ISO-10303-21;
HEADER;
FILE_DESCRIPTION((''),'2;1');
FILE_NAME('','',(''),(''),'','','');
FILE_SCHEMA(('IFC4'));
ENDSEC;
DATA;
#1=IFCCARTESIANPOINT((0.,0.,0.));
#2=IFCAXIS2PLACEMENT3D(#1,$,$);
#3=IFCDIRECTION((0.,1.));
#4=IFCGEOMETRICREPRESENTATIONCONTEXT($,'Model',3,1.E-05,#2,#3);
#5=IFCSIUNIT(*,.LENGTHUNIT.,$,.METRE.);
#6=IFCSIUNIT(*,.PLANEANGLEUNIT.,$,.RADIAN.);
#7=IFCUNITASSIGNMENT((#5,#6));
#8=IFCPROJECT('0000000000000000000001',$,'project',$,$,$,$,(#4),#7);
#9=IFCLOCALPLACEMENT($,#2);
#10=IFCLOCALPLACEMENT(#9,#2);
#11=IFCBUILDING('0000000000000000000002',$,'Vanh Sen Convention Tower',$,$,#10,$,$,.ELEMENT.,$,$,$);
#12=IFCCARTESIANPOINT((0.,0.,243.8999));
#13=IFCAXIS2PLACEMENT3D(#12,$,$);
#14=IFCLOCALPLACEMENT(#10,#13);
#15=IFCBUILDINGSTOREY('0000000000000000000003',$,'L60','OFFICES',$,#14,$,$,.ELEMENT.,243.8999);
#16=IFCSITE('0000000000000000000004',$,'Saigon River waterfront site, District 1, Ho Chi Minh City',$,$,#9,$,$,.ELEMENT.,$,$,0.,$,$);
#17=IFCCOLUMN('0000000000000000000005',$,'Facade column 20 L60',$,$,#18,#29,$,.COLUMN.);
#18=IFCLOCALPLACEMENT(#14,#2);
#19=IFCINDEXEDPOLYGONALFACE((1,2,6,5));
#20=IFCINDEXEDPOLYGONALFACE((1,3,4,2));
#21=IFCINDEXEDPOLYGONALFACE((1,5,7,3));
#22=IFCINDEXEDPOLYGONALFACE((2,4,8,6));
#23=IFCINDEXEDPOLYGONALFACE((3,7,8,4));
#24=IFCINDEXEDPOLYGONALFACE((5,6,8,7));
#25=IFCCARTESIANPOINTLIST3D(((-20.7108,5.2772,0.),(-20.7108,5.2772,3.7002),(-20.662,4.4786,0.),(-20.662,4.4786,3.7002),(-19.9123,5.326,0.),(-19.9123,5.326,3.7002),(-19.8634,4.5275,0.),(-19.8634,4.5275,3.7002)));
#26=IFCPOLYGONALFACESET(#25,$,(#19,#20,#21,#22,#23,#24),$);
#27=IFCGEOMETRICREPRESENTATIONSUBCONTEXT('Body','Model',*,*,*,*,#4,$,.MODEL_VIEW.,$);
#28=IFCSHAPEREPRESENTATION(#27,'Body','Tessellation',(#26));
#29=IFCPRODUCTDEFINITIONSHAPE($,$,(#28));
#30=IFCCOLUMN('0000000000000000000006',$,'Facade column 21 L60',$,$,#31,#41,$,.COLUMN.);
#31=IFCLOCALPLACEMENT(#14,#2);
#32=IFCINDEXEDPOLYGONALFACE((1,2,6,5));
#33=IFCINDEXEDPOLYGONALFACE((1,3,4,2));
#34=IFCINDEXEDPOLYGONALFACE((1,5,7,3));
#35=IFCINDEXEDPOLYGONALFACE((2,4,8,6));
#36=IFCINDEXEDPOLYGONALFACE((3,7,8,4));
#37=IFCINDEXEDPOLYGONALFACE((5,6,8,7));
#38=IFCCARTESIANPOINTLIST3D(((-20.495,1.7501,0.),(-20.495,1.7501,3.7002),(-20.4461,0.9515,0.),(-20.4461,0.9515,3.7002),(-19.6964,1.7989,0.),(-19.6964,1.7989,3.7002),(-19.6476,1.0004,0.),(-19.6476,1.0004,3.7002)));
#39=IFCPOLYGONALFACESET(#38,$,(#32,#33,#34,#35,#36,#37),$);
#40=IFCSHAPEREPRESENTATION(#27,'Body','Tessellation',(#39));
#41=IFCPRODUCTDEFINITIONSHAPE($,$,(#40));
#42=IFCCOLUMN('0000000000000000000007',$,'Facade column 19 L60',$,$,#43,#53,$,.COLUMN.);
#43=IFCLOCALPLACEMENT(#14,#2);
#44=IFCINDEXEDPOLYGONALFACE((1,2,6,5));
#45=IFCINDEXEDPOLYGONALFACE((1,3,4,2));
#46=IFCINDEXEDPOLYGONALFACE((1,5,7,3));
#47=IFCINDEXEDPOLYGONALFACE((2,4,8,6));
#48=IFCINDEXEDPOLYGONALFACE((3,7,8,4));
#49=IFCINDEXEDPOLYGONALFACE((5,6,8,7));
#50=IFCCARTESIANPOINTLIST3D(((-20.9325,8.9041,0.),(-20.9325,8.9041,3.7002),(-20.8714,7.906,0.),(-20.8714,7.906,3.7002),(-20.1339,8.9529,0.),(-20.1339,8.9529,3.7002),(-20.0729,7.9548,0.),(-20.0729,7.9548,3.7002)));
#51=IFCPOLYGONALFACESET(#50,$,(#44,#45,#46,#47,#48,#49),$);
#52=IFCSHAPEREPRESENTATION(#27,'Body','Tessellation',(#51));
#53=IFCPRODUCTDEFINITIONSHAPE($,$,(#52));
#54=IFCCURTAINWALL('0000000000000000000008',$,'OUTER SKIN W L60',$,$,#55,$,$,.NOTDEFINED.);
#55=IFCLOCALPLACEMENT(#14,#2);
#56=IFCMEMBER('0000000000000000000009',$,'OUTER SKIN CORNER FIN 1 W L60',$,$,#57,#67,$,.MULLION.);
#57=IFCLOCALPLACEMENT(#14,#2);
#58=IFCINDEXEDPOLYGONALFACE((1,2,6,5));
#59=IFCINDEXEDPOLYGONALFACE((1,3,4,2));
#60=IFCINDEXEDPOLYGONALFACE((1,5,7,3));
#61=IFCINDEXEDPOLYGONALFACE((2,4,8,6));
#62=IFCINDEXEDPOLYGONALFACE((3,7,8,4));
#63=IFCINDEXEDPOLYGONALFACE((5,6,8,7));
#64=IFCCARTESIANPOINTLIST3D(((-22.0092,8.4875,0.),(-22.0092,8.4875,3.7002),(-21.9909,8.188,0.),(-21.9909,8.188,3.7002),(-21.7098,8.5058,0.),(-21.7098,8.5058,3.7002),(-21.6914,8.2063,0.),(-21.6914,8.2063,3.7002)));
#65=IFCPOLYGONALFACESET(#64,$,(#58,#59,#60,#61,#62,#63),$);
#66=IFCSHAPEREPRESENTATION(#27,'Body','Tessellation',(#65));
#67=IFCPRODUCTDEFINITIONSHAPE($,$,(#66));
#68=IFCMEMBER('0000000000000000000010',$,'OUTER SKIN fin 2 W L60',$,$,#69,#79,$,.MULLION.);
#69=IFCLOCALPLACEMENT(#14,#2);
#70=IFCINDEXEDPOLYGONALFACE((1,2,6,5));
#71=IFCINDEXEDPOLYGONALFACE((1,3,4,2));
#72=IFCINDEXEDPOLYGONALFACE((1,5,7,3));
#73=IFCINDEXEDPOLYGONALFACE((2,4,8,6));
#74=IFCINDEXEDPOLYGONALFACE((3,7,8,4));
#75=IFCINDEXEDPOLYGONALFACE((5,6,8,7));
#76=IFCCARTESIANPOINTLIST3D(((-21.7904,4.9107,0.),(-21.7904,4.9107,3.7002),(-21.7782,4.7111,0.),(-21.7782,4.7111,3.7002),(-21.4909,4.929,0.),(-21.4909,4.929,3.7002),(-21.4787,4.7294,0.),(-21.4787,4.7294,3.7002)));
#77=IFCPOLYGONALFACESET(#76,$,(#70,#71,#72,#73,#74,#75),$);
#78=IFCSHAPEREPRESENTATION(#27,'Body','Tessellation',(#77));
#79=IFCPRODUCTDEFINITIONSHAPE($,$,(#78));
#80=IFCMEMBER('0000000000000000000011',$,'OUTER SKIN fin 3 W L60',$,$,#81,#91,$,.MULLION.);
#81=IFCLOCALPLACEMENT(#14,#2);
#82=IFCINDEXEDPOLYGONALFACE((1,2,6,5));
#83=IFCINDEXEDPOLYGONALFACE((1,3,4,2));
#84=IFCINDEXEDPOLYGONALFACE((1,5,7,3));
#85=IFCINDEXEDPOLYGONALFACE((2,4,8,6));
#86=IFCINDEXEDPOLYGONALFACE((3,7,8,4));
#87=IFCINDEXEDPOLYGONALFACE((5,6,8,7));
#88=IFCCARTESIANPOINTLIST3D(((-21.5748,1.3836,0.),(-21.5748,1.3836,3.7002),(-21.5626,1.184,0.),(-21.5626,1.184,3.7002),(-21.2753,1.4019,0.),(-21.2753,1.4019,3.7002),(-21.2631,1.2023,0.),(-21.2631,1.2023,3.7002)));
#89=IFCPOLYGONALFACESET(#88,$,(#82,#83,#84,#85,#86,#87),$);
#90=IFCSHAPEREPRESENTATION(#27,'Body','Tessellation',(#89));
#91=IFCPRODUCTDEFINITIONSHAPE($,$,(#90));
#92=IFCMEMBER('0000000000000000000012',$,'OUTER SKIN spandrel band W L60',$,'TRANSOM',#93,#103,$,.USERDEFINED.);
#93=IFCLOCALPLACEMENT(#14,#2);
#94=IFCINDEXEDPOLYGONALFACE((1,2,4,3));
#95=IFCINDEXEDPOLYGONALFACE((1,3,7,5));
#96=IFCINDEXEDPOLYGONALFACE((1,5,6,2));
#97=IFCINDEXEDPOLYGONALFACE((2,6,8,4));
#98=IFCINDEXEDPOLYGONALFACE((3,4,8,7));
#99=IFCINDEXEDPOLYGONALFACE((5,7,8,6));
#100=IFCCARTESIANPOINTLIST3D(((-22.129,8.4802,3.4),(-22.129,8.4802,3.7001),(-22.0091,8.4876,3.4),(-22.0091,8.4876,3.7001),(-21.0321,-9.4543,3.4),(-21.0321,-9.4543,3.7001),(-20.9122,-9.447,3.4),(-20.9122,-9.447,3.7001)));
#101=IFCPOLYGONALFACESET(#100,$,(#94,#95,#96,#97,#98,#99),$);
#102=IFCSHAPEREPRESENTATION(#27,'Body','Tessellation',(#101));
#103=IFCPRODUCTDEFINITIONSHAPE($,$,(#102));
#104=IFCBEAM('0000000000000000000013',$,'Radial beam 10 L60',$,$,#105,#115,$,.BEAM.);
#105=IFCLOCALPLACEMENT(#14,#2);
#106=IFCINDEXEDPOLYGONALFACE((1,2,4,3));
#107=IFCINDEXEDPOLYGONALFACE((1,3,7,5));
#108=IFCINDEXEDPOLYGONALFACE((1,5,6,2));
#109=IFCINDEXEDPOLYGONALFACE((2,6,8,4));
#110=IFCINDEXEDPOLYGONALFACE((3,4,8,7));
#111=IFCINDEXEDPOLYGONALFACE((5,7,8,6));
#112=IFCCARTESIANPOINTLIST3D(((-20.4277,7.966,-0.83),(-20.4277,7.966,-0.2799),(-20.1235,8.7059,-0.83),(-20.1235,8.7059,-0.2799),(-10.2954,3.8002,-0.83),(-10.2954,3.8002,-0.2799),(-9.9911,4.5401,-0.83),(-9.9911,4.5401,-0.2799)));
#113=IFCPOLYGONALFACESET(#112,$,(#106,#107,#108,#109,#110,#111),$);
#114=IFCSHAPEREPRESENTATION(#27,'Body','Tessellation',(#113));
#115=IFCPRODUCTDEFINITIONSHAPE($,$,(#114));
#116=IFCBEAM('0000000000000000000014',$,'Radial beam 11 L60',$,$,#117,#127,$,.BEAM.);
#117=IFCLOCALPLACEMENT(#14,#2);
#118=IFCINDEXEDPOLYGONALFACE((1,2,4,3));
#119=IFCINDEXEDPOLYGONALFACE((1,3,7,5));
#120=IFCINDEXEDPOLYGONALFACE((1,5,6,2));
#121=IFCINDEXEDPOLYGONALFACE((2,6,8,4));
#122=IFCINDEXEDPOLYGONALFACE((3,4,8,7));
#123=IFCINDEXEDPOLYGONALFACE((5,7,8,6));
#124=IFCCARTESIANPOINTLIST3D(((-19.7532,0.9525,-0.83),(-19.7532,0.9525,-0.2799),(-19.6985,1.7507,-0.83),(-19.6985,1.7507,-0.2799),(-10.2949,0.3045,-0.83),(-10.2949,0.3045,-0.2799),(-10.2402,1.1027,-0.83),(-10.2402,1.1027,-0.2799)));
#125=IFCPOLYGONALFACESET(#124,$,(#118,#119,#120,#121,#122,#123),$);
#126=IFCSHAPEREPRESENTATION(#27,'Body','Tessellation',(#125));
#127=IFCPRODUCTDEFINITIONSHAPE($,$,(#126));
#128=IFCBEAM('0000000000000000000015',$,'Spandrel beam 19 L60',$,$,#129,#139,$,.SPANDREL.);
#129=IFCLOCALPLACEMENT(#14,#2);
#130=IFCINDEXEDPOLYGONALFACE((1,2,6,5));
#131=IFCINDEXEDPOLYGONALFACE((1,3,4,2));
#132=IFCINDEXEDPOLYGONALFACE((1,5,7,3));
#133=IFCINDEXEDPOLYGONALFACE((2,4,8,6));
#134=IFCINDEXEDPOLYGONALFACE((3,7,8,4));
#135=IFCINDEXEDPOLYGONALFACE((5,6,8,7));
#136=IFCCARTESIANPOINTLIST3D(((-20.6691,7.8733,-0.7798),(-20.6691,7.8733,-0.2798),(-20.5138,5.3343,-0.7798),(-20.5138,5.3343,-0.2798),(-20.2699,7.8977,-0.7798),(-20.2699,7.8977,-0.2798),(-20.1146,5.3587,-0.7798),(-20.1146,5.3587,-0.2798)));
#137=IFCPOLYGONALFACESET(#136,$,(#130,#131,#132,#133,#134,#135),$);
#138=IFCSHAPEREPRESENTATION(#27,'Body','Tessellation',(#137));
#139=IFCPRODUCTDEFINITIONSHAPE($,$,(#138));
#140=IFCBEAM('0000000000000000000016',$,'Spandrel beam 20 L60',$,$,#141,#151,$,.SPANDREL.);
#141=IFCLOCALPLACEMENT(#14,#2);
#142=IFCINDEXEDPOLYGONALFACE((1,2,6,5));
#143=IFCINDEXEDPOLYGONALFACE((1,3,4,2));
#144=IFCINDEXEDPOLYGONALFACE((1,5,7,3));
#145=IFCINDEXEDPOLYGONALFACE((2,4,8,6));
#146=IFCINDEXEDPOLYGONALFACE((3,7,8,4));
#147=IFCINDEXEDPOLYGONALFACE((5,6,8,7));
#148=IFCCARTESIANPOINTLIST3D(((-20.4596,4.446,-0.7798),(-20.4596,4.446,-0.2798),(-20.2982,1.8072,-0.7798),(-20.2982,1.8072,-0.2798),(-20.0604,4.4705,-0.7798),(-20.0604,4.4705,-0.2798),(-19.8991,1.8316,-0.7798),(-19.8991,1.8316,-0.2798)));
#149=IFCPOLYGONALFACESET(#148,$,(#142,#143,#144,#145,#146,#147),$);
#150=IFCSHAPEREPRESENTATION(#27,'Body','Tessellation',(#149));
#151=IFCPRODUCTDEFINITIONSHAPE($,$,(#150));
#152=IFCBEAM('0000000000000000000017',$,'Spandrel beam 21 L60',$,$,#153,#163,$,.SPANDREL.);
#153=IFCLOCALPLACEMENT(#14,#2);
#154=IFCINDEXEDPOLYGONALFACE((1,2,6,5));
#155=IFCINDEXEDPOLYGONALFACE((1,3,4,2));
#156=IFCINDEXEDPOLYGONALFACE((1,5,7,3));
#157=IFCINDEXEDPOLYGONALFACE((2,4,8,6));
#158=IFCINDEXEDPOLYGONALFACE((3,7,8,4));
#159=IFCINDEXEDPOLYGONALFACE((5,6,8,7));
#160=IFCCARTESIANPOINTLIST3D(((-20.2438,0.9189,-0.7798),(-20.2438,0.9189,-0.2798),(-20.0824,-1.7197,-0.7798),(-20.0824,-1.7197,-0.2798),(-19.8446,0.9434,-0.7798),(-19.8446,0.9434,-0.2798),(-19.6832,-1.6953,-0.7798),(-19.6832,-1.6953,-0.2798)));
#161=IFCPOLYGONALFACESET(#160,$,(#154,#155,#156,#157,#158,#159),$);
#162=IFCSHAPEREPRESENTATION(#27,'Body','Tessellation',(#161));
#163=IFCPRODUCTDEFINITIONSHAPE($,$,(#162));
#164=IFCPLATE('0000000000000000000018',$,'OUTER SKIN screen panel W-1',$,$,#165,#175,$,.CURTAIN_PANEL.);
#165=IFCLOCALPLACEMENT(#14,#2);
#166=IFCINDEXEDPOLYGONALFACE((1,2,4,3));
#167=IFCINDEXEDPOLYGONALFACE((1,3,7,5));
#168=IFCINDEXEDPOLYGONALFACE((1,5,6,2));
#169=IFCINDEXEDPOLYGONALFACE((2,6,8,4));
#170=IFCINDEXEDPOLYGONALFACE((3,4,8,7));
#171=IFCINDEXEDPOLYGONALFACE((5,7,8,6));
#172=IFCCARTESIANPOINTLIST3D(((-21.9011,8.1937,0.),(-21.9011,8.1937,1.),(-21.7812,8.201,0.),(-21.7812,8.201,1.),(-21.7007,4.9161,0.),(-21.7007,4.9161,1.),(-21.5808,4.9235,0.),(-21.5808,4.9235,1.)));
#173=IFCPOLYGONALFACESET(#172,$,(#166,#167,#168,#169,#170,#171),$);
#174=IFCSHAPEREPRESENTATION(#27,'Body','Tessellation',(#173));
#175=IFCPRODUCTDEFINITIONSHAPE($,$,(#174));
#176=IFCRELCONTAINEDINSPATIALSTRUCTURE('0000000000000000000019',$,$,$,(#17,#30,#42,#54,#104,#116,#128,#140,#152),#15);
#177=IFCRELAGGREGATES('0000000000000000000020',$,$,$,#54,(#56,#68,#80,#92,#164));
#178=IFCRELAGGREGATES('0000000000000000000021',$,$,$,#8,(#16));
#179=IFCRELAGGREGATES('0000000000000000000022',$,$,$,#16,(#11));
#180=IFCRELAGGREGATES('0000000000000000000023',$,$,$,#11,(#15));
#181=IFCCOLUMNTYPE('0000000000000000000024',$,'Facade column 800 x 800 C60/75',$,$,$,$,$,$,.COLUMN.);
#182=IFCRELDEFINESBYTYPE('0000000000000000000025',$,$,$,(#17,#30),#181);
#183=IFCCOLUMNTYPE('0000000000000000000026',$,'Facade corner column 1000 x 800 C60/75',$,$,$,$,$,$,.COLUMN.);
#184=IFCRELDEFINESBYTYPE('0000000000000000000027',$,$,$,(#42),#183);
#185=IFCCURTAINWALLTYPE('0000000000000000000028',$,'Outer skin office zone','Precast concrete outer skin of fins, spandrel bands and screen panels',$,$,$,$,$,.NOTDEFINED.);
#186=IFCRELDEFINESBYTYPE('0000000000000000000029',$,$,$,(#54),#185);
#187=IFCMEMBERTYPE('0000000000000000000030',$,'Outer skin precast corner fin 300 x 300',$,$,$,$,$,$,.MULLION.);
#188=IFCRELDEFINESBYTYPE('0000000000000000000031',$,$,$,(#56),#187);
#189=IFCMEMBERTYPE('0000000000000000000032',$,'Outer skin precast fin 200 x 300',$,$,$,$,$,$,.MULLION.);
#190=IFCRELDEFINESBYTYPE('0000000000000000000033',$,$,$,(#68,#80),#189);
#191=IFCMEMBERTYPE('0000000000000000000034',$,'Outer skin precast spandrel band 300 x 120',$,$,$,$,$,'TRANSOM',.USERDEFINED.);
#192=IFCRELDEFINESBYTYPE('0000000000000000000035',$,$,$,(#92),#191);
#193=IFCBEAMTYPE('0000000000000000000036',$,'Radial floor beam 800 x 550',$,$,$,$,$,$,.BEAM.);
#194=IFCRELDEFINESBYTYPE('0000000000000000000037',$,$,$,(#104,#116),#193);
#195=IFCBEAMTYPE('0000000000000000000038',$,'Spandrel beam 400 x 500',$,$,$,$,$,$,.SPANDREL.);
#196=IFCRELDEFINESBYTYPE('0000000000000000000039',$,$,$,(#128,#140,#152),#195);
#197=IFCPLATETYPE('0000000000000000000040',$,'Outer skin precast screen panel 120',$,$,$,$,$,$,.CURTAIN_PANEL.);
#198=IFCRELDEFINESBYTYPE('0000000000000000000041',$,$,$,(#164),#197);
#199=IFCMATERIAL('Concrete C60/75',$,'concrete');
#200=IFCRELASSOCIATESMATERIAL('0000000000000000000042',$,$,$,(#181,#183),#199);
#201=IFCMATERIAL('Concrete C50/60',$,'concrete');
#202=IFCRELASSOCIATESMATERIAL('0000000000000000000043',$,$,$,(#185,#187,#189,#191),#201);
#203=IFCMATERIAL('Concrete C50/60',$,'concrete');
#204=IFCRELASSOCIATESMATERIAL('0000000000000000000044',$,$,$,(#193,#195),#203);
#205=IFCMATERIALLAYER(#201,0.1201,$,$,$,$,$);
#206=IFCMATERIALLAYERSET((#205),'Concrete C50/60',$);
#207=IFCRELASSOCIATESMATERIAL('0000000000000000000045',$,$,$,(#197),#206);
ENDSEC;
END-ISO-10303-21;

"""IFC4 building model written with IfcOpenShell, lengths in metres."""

from ifc_helpers import new_model, si_unit, direction, frame, origin, origin_2d, place, context, subcontext, project, spatial, rectangle, extrude, material, layer, layer_set, material_profile, profile_set, type_object, element, aggregate, save


model = new_model("IFC4")

# Units and contexts
model_context = context("Model", 3, precision=1e-05, world=origin(), true_north=direction((0.0, 1.0)))
body_context = subcontext(model_context, "Body", "Model", "MODEL_VIEW")
ifc_project = project(units=[si_unit("LENGTHUNIT", "METRE"), si_unit("PLANEANGLEUNIT", "RADIAN")], contexts=[model_context])

# Site, building, storey
site_placement = place(None, origin())
site = spatial("IfcSite", under=ifc_project, at=site_placement, Name="Saigon River waterfront site, District 1, Ho Chi Minh City", CompositionType="ELEMENT", RefElevation=0.0)
building_placement = place(site_placement, origin())
building = spatial("IfcBuilding", under=site, at=building_placement, Name="Vanh Sen Convention Tower", CompositionType="ELEMENT")
storey_placement = place(building_placement, frame((0.0, 0.0, 243.8999)))
storey = spatial("IfcBuildingStorey", under=building, at=storey_placement, Name="L60", Description="OFFICES", CompositionType="ELEMENT", Elevation=243.8999)

# Columns
ifc_material_1 = material(Name="Concrete C60/75", Category="concrete")
ifc_material_profile_1 = material_profile(ifc_material_1, rectangle(XDim=0.8, YDim=0.8, at=origin_2d()), Name="RC 800X800")
ifc_profile_set_1 = profile_set([ifc_material_profile_1], Name="Concrete C60/75")
column_type_1 = type_object("IfcColumnType", Name="Facade column 800 x 800 C60/75", PredefinedType="COLUMN", material=ifc_profile_set_1)
for number, where, z_axis, x_axis, name in (
    (1, (-20.2871, 4.9023, 0.0), (0.0, 0.0, 1.0), (0.061049, -0.998135, 0.0), "Facade column 20 L60"),
    (2, (-20.0713, 1.3752, 0.0), (0.0, 0.0, 1.0), (0.061049, -0.998135, 0.0), "Facade column 21 L60"),
):
    element("IfcColumn", number, at=place(storey_placement, frame(where, z_axis=z_axis, x_axis=x_axis)), inside=storey, type_object=column_type_1, Name=name, PredefinedType="COLUMN", context=body_context, shape_type="SweptSolid", body=[
        extrude(rectangle(XDim=0.8, YDim=0.8, at=origin_2d()), origin(), (0.0, 0.0, 1.0), 3.7002),
    ])
ifc_material_profile_2 = material_profile(ifc_material_1, rectangle(XDim=1.0, YDim=0.8, at=origin_2d()), Name="RC 1000X800")
ifc_profile_set_2 = profile_set([ifc_material_profile_2], Name="Concrete C60/75")
column_type_2 = type_object("IfcColumnType", Name="Facade corner column 1000 x 800 C60/75", PredefinedType="COLUMN", material=ifc_profile_set_2)
column_placement = place(storey_placement, frame((-20.5027, 8.4294, 0.0), z_axis=(0.0, 0.0, 1.0), x_axis=(0.061049, -0.998135, 0.0)))
element("IfcColumn", 3, at=column_placement, inside=storey, type_object=column_type_2, Name="Facade column 19 L60", PredefinedType="COLUMN", context=body_context, shape_type="SweptSolid", body=[
    extrude(rectangle(XDim=1.0, YDim=0.8, at=origin_2d()), origin(), (0.0, 0.0, 1.0), 3.7002),
])

# Curtain wall, members
ifc_material_2 = material(Name="Concrete C50/60", Category="concrete")
curtain_wall_type = type_object("IfcCurtainWallType", Name="Outer skin office zone", Description="Precast concrete outer skin of fins, spandrel bands and screen panels", PredefinedType="NOTDEFINED", material=ifc_material_2)
curtain_wall_placement = place(storey_placement, origin())
curtain_wall = element("IfcCurtainWall", 4, at=curtain_wall_placement, inside=storey, type_object=curtain_wall_type, Name="OUTER SKIN W L60", PredefinedType="NOTDEFINED")
ifc_material_profile_3 = material_profile(ifc_material_2, rectangle(XDim=0.3, YDim=0.3, at=origin_2d()), Name="Outer skin precast corner fin 300 x 300")
ifc_profile_set_3 = profile_set([ifc_material_profile_3], Name="Concrete C50/60")
member_type_1 = type_object("IfcMemberType", Name="Outer skin precast corner fin 300 x 300", PredefinedType="MULLION", material=ifc_profile_set_3)
member_1_placement = place(storey_placement, frame((-21.8503, 8.3469, 0.0), z_axis=(0.0, 0.0, 1.0), x_axis=(0.061049, -0.998135, 0.0)))
member_1 = element("IfcMember", 5, at=member_1_placement, type_object=member_type_1, Name="OUTER SKIN CORNER FIN 1 W L60", PredefinedType="MULLION", context=body_context, shape_type="SweptSolid", body=[
    extrude(rectangle(XDim=0.3, YDim=0.3, at=origin_2d()), origin(), (0.0, 0.0, 1.0), 3.7002),
])
ifc_material_profile_4 = material_profile(ifc_material_2, rectangle(XDim=0.2, YDim=0.3, at=origin_2d()), Name="Outer skin precast fin 200 x 300")
ifc_profile_set_4 = profile_set([ifc_material_profile_4], Name="Concrete C50/60")
member_type_2 = type_object("IfcMemberType", Name="Outer skin precast fin 200 x 300", PredefinedType="MULLION", material=ifc_profile_set_4)
member_2_placement = place(storey_placement, frame((-21.6345, 4.8201, 0.0), z_axis=(0.0, 0.0, 1.0), x_axis=(0.061049, -0.998135, 0.0)))
member_2 = element("IfcMember", 6, at=member_2_placement, type_object=member_type_2, Name="OUTER SKIN fin 2 W L60", PredefinedType="MULLION", context=body_context, shape_type="SweptSolid", body=[
    extrude(rectangle(XDim=0.2, YDim=0.3, at=origin_2d()), origin(), (0.0, 0.0, 1.0), 3.7002),
])
member_3_placement = place(storey_placement, frame((-21.4189, 1.293, 0.0), z_axis=(0.0, 0.0, 1.0), x_axis=(0.061049, -0.998135, 0.0)))
member_3 = element("IfcMember", 7, at=member_3_placement, type_object=member_type_2, Name="OUTER SKIN fin 3 W L60", PredefinedType="MULLION", context=body_context, shape_type="SweptSolid", body=[
    extrude(rectangle(XDim=0.2, YDim=0.3, at=origin_2d()), origin(), (0.0, 0.0, 1.0), 3.7002),
])
ifc_material_profile_5 = material_profile(ifc_material_2, rectangle(XDim=0.1201, YDim=0.3, at=origin_2d()), Name="Outer skin precast spandrel band 300 x 120")
ifc_profile_set_5 = profile_set([ifc_material_profile_5], Name="Concrete C50/60")
member_type_3 = type_object("IfcMemberType", Name="Outer skin precast spandrel band 300 x 120", ElementType="TRANSOM", PredefinedType="USERDEFINED", material=ifc_profile_set_5)
member_4_placement = place(storey_placement, frame((-22.0691, 8.4839, 3.55), z_axis=(0.061048, -0.998135, 0.0), x_axis=(0.998135, 0.061048, 0.0)))
member_4 = element("IfcMember", 8, at=member_4_placement, type_object=member_type_3, Name="OUTER SKIN spandrel band W L60", ObjectType="TRANSOM", PredefinedType="USERDEFINED", context=body_context, shape_type="SweptSolid", body=[
    extrude(rectangle(XDim=0.1201, YDim=0.3, at=origin_2d()), origin(), (0.0, 0.0, 1.0), 17.968),
])

# Beams
ifc_material_3 = material(Name="Concrete C50/60", Category="concrete")
ifc_material_profile_6 = material_profile(ifc_material_3, rectangle(XDim=0.8, YDim=0.55, at=origin_2d()), Name="RC 800X550")
ifc_profile_set_6 = profile_set([ifc_material_profile_6], Name="Concrete C50/60")
beam_type_1 = type_object("IfcBeamType", Name="Radial floor beam 800 x 550", PredefinedType="BEAM", material=ifc_profile_set_6)
beam_1_placement = place(storey_placement, frame((-20.2756, 8.3359, -0.5549), z_axis=(0.924882, -0.380253, 0.0), x_axis=(0.380253, 0.924882, 0.0)))
element("IfcBeam", 9, at=beam_1_placement, inside=storey, type_object=beam_type_1, Name="Radial beam 10 L60", PredefinedType="BEAM", context=body_context, shape_type="SweptSolid", body=[
    extrude(rectangle(XDim=0.8, YDim=0.55, at=origin_2d()), origin(), (0.0, 0.0, 1.0), 10.9553),
])
beam_2_placement = place(storey_placement, frame((-19.7258, 1.3516, -0.5549), z_axis=(0.997662, -0.068346, 0.0), x_axis=(0.068346, 0.997662, 0.0)))
element("IfcBeam", 10, at=beam_2_placement, inside=storey, type_object=beam_type_1, Name="Radial beam 11 L60", PredefinedType="BEAM", context=body_context, shape_type="SweptSolid", body=[
    extrude(rectangle(XDim=0.8, YDim=0.55, at=origin_2d()), origin(), (0.0, 0.0, 1.0), 9.4805),
])
ifc_material_profile_7 = material_profile(ifc_material_3, rectangle(XDim=0.3999, YDim=0.5, at=origin_2d()), Name="RC 400X500")
ifc_profile_set_7 = profile_set([ifc_material_profile_7], Name="Concrete C50/60")
beam_type_2 = type_object("IfcBeamType", Name="Spandrel beam 400 x 500", PredefinedType="SPANDREL", material=ifc_profile_set_7)
beam_3_placement = place(storey_placement, frame((-20.4695, 7.8855, -0.5298), z_axis=(0.06104, -0.998135, 0.0), x_axis=(0.998135, 0.06104, 0.0)))
element("IfcBeam", 11, at=beam_3_placement, inside=storey, type_object=beam_type_2, Name="Spandrel beam 19 L60", PredefinedType="SPANDREL", context=body_context, shape_type="SweptSolid", body=[
    extrude(rectangle(XDim=0.3999, YDim=0.5, at=origin_2d()), origin(), (0.0, 0.0, 1.0), 2.5437),
])
beam_4_placement = place(storey_placement, frame((-20.26, 4.4583, -0.5298), z_axis=(0.061039, -0.998135, 0.0), x_axis=(0.998135, 0.061039, 0.0)))
element("IfcBeam", 12, at=beam_4_placement, inside=storey, type_object=beam_type_2, Name="Spandrel beam 20 L60", PredefinedType="SPANDREL", context=body_context, shape_type="SweptSolid", body=[
    extrude(rectangle(XDim=0.3999, YDim=0.5, at=origin_2d()), origin(), (0.0, 0.0, 1.0), 2.6438),
])
beam_5_placement = place(storey_placement, frame((-20.0442, 0.9312, -0.5298), z_axis=(0.061044, -0.998135, 0.0), x_axis=(0.998135, 0.061044, 0.0)))
element("IfcBeam", 13, at=beam_5_placement, inside=storey, type_object=beam_type_2, Name="Spandrel beam 21 L60", PredefinedType="SPANDREL", context=body_context, shape_type="SweptSolid", body=[
    extrude(rectangle(XDim=0.3999, YDim=0.5, at=origin_2d()), origin(), (0.0, 0.0, 1.0), 2.6436),
])

# Plate
ifc_layer_1 = layer(ifc_material_2, 0.1201)
ifc_layer_set_1 = layer_set([ifc_layer_1], Name="Concrete C50/60")
plate_type = type_object("IfcPlateType", Name="Outer skin precast screen panel 120", PredefinedType="CURTAIN_PANEL", material=ifc_layer_set_1)
plate_1_placement = place(storey_placement, frame((-21.741, 6.5586, 0.0), z_axis=(0.0, 0.0, 1.0), x_axis=(0.061043, -0.998135, 0.0)))
plate_1 = element("IfcPlate", 14, at=plate_1_placement, type_object=plate_type, Name="OUTER SKIN screen panel W-1", PredefinedType="CURTAIN_PANEL", context=body_context, shape_type="SweptSolid", body=[
    extrude(rectangle(XDim=3.2837, YDim=0.1201, at=origin_2d()), origin(), (0.0, 0.0, 1.0), 1.0),
])
aggregate(curtain_wall, [member_1, member_2, member_3, member_4, plate_1])

save(model, "model.ifc")
